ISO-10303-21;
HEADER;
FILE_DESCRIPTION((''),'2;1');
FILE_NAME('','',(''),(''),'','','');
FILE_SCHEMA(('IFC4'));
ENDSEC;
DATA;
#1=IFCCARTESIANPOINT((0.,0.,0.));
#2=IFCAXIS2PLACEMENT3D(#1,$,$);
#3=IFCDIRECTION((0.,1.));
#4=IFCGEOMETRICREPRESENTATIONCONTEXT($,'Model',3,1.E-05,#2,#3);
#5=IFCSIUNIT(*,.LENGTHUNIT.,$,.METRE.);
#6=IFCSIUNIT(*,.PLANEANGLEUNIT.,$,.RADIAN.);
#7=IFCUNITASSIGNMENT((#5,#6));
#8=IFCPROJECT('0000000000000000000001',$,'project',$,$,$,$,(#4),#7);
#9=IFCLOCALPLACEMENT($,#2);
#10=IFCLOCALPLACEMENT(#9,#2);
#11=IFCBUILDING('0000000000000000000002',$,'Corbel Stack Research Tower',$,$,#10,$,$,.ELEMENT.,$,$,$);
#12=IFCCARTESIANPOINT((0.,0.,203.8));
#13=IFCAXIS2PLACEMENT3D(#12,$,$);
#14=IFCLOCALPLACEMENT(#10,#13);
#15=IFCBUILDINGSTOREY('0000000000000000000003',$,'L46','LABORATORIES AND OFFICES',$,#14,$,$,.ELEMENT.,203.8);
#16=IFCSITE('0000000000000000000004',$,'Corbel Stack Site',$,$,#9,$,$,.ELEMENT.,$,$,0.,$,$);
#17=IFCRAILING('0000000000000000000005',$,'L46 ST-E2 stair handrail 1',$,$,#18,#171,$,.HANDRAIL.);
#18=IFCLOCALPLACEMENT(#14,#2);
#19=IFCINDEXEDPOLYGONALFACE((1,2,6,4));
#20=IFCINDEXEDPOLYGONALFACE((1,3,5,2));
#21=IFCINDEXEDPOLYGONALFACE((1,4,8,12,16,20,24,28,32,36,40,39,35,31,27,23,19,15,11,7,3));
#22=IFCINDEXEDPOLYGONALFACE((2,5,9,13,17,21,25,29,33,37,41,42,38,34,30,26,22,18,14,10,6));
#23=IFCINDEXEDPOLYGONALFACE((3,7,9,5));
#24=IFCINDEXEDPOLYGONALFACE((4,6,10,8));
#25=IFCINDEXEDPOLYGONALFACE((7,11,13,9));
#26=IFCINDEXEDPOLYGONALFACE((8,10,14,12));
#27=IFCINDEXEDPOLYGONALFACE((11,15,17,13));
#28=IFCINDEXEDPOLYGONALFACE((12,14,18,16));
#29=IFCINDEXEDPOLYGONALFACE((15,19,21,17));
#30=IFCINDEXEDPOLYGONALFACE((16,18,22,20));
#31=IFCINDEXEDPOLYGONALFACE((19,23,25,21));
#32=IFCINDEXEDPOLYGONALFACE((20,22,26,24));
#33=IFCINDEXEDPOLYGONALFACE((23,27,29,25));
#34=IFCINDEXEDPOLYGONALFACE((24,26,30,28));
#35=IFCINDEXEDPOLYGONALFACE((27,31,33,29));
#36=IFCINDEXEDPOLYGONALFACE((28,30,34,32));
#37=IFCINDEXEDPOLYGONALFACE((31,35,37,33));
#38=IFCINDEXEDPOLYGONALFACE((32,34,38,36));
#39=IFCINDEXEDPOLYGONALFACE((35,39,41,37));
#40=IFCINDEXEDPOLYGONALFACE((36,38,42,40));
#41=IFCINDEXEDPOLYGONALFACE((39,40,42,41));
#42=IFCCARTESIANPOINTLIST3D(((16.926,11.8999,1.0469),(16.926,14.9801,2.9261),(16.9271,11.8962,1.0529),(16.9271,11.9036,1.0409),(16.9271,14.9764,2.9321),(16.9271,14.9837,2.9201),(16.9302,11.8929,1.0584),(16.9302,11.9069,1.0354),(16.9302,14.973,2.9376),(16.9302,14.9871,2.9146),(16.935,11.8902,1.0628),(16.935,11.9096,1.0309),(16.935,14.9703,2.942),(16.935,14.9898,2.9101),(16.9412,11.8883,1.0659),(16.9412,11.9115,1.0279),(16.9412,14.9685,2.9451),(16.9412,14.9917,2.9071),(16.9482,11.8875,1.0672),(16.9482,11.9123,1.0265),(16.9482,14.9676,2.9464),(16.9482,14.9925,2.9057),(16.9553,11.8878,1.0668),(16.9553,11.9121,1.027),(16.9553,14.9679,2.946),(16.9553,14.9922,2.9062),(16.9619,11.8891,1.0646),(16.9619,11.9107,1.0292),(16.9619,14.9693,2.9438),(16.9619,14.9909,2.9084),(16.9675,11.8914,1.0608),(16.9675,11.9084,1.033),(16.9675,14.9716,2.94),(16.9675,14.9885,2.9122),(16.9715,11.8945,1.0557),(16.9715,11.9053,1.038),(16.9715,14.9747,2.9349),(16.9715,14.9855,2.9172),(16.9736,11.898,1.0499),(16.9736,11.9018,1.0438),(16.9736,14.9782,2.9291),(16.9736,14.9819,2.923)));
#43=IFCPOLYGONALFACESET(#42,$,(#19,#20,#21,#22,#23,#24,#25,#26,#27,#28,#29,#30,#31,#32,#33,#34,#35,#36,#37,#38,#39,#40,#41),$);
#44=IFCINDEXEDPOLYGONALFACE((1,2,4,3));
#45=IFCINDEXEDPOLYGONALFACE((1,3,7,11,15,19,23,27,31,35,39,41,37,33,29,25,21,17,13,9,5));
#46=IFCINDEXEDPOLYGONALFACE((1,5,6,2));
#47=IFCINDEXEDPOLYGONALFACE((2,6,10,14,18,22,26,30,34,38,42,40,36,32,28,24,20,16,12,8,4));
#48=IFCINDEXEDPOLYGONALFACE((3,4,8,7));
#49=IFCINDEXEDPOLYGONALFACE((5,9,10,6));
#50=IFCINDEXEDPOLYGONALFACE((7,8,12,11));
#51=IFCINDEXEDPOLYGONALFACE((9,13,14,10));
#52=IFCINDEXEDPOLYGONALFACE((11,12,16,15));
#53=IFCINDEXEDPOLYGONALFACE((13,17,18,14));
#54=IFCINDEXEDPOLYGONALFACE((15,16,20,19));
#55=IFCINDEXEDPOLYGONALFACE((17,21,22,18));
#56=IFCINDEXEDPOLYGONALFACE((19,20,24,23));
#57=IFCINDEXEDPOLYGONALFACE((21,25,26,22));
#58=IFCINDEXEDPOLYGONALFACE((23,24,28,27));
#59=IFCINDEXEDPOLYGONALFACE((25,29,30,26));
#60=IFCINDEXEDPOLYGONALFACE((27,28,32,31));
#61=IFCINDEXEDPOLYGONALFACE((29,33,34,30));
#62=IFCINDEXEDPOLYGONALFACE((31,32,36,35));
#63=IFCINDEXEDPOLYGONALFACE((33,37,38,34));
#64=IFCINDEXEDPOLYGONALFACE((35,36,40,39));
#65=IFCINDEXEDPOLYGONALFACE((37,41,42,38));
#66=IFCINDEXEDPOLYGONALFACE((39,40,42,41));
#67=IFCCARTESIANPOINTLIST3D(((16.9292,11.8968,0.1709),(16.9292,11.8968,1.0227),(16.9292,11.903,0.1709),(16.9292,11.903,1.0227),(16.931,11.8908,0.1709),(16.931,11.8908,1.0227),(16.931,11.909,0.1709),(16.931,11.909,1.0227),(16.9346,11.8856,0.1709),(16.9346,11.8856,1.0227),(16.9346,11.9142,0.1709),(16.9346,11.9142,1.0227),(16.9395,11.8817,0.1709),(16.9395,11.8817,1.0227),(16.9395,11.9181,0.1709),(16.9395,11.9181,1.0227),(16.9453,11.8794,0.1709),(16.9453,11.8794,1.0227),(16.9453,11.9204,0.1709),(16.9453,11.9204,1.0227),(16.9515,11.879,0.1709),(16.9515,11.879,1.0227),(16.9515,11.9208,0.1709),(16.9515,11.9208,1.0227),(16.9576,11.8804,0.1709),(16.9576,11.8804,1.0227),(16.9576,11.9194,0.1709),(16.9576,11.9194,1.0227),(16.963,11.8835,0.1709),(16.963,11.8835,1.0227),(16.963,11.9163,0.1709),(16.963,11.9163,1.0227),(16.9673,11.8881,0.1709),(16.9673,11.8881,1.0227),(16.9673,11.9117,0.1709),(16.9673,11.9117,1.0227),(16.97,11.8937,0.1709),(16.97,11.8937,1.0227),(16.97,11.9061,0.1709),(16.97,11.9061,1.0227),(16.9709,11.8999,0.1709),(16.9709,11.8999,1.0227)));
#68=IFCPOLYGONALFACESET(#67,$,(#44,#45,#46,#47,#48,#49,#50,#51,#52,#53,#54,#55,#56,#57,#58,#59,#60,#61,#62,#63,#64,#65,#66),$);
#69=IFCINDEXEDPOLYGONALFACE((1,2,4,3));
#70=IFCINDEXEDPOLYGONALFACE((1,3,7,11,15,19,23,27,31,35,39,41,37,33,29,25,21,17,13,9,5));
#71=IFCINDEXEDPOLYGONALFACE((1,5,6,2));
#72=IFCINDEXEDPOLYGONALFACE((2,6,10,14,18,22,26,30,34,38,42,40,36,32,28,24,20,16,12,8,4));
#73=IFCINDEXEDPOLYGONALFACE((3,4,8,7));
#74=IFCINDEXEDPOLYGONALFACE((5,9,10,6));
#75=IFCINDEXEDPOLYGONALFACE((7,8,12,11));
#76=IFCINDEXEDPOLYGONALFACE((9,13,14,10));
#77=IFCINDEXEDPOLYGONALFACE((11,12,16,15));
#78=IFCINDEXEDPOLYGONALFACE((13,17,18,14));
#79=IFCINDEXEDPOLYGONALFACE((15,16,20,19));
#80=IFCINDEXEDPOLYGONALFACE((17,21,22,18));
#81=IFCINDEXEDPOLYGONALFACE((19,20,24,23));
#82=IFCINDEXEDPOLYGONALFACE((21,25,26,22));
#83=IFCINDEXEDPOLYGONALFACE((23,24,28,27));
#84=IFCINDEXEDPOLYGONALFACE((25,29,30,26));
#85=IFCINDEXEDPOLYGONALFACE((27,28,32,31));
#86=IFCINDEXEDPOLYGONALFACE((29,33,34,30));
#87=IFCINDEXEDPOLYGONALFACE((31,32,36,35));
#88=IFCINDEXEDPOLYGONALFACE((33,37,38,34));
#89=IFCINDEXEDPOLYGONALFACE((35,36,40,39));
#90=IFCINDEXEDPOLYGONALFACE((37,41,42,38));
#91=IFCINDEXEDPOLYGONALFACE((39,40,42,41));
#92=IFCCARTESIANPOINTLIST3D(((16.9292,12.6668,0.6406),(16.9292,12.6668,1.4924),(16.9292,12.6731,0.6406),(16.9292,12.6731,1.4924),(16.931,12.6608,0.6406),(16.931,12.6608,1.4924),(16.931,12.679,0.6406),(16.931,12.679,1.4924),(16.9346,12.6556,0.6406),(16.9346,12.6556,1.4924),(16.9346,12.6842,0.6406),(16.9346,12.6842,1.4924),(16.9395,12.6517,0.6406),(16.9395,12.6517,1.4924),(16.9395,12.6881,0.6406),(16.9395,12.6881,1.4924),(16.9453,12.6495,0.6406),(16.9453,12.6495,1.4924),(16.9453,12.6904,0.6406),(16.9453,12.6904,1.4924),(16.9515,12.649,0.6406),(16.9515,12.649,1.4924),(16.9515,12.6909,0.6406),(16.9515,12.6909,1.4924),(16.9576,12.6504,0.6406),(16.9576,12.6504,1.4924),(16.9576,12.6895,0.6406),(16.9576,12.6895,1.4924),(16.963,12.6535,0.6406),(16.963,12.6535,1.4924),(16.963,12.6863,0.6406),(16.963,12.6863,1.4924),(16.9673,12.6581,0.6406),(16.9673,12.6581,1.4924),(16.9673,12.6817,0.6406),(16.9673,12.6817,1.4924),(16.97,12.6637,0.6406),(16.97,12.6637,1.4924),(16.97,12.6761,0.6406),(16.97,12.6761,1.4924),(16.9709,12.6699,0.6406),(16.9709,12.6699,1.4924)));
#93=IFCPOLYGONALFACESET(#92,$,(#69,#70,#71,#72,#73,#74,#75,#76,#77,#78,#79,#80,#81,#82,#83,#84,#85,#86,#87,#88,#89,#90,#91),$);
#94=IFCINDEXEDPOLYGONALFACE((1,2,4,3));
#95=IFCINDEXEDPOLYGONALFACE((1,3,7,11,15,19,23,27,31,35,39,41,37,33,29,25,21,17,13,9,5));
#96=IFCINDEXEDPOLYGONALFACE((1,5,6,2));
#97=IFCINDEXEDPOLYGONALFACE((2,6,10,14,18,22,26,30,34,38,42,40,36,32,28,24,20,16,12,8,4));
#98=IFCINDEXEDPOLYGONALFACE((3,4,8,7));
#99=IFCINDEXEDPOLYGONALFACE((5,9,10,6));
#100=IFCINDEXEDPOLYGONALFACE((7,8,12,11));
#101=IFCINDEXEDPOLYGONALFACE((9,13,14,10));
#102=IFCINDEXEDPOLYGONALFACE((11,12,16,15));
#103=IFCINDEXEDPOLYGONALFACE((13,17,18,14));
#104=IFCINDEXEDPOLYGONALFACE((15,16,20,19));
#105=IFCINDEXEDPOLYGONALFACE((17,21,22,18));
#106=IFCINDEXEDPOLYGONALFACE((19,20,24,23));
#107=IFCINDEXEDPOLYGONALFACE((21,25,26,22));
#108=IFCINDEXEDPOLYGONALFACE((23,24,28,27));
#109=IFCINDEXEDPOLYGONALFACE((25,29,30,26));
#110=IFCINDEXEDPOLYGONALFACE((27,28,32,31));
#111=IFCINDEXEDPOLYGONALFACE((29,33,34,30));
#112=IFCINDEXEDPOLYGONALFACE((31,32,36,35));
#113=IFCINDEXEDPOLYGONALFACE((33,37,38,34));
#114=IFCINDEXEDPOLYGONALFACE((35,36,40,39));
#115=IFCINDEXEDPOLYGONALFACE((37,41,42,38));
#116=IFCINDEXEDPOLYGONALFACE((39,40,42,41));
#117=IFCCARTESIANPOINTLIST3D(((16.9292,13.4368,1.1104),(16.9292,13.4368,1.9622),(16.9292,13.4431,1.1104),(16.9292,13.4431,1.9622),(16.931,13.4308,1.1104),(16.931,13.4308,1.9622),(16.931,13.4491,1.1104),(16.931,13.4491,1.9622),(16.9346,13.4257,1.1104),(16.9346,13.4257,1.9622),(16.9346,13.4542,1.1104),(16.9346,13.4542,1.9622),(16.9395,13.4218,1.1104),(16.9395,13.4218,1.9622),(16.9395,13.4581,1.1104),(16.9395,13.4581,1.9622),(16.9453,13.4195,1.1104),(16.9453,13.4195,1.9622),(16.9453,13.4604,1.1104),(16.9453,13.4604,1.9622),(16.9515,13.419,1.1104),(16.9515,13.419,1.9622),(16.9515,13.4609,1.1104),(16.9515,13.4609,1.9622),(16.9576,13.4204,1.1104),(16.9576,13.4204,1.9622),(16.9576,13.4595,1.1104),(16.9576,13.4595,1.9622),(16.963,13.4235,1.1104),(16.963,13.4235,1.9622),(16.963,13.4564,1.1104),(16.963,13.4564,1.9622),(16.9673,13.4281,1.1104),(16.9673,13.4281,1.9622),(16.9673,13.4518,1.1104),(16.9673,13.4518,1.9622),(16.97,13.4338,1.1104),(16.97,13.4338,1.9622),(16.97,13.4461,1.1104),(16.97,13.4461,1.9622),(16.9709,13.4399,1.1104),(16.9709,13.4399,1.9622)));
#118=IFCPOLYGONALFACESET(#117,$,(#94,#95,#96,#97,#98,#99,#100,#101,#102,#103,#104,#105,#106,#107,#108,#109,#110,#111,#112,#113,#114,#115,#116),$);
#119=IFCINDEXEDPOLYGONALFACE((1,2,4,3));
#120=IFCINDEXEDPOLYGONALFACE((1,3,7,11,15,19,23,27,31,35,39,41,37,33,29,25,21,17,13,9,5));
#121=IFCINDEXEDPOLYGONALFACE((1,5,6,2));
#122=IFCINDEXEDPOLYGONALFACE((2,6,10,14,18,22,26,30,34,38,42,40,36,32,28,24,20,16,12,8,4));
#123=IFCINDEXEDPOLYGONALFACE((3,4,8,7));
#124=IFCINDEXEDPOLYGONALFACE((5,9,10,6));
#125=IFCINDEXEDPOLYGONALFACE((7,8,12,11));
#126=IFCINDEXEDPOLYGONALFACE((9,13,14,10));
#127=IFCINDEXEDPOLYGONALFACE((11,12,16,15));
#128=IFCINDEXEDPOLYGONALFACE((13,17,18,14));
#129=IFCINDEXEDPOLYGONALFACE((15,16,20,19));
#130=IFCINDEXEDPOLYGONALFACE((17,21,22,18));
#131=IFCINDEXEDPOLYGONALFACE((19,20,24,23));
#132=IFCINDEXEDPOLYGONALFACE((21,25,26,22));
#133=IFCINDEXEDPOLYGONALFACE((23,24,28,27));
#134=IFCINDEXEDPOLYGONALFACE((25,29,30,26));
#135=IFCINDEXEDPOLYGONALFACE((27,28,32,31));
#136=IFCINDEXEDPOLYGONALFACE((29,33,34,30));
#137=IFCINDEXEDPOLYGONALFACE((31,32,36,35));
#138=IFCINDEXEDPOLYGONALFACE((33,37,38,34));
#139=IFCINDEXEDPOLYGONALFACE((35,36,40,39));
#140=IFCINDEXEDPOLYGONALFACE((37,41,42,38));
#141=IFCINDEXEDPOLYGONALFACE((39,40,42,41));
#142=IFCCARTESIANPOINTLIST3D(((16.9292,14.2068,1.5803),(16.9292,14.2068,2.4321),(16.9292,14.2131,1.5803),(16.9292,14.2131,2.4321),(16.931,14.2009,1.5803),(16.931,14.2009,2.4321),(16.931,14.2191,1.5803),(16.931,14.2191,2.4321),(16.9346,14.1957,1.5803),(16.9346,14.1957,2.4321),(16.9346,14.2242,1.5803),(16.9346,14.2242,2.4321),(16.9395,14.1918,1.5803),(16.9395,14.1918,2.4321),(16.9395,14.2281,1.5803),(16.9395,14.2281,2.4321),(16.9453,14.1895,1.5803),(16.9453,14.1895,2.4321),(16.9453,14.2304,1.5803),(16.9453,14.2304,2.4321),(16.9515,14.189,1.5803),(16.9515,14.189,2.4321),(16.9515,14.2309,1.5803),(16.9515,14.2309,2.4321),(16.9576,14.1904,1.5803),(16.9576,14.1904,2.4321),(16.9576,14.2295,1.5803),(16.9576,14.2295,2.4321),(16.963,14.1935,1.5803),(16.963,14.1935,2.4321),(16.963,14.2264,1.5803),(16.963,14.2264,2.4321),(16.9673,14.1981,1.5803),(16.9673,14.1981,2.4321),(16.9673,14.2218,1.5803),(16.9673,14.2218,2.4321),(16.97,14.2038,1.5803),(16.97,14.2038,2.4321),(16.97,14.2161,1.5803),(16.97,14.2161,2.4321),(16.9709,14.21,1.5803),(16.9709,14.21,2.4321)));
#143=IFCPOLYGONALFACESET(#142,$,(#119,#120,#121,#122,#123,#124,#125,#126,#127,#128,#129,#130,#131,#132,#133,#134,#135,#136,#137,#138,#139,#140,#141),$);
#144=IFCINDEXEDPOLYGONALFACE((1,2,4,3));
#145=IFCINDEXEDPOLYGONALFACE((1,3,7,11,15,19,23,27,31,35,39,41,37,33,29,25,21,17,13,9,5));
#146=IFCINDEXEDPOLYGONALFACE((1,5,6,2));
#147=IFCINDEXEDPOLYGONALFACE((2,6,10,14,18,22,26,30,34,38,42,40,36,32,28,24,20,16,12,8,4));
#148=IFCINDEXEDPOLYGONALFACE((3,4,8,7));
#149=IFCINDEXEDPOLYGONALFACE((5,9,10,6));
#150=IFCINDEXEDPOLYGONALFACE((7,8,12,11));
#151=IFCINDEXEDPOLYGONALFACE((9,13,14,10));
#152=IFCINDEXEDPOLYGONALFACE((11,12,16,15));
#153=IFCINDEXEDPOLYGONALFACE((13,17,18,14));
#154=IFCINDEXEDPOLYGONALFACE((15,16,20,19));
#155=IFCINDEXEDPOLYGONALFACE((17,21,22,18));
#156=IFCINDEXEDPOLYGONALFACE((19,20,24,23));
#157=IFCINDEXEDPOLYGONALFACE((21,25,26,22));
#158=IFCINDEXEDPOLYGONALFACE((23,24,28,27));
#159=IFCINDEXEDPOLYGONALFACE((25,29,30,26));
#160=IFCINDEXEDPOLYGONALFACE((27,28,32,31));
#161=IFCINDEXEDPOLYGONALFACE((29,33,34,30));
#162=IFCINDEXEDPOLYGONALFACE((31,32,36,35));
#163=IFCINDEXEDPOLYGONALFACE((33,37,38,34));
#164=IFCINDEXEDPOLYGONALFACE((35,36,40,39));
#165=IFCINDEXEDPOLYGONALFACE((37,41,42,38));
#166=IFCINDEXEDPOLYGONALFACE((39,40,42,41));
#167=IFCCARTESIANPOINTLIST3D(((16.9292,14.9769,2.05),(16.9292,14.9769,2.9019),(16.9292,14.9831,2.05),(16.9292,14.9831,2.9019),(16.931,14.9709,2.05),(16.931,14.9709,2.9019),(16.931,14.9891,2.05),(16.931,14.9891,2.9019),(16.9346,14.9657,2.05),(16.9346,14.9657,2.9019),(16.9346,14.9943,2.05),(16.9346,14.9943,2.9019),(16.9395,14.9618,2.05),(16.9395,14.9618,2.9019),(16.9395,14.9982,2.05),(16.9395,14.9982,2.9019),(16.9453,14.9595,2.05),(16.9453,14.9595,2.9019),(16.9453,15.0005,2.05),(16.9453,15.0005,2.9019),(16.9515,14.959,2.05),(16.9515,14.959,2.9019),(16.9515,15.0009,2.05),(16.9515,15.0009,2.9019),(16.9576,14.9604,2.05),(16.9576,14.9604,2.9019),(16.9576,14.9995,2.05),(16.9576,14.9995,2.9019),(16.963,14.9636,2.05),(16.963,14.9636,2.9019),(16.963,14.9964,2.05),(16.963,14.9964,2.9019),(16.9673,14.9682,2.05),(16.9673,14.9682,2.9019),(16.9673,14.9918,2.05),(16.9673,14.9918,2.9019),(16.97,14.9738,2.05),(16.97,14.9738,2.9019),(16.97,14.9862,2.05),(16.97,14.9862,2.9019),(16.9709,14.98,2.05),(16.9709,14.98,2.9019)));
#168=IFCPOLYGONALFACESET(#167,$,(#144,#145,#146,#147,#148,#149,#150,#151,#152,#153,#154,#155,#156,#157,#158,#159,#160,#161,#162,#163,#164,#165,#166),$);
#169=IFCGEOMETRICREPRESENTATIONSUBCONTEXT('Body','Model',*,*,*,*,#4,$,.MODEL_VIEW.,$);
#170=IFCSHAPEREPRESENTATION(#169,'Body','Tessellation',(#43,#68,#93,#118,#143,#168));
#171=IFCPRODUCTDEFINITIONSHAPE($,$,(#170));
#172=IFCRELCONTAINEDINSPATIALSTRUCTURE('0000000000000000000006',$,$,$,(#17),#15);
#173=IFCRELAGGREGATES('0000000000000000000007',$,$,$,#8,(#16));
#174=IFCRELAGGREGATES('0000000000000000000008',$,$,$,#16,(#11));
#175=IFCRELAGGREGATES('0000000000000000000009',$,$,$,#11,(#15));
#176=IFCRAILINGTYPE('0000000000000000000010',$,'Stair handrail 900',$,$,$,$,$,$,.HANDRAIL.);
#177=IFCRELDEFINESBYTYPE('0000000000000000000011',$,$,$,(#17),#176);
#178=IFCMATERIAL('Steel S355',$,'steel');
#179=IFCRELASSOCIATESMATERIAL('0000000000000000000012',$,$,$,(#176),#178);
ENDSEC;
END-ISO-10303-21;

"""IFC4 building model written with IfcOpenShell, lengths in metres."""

from ifc_helpers import new_model, si_unit, direction, frame, origin, origin_2d, place, context, subcontext, project, spatial, circle, extrude, material, type_object, element, save


model = new_model("IFC4")

# Units and contexts
model_context = context("Model", 3, precision=1e-05, world=origin(), true_north=direction((0.0, 1.0)))
body_context = subcontext(model_context, "Body", "Model", "MODEL_VIEW")
ifc_project = project(units=[si_unit("LENGTHUNIT", "METRE"), si_unit("PLANEANGLEUNIT", "RADIAN")], contexts=[model_context])

# Site, building, storey
site_placement = place(None, origin())
site = spatial("IfcSite", under=ifc_project, at=site_placement, Name="Corbel Stack Site", CompositionType="ELEMENT", RefElevation=0.0)
building_placement = place(site_placement, origin())
building = spatial("IfcBuilding", under=site, at=building_placement, Name="Corbel Stack Research Tower", CompositionType="ELEMENT")
storey_placement = place(building_placement, frame((0.0, 0.0, 203.8)))
storey = spatial("IfcBuildingStorey", under=building, at=storey_placement, Name="L46", Description="LABORATORIES AND OFFICES", CompositionType="ELEMENT", Elevation=203.8)

# Railing
ifc_material_1 = material(Name="Steel S355", Category="steel")
railing_type_1 = type_object("IfcRailingType", Name="Stair handrail 900", PredefinedType="HANDRAIL", material=ifc_material_1)
railing_1_placement = place(storey_placement, frame((16.95, 11.8999, 0.1709)))
element("IfcRailing", 1, at=railing_1_placement, inside=storey, type_object=railing_type_1, Name="L46 ST-E2 stair handrail 1", PredefinedType="HANDRAIL", context=body_context, shape_type="SweptSolid", body=[
    extrude(circle(Radius=0.0239, at=origin_2d()), frame((0.0, 0.0, 0.876), z_axis=(0.0, 0.853666, 0.52082), x_axis=(-1.0, 0.0, 0.0)), (0.0, 0.0, 1.0), 3.6082),
    extrude(circle(Radius=0.021, at=origin_2d()), origin(), (0.0, 0.0, 1.0), 0.8518),
    extrude(circle(Radius=0.021, at=origin_2d()), frame((0.0, 0.77, 0.4697)), (0.0, 0.0, 1.0), 0.8518),
    extrude(circle(Radius=0.021, at=origin_2d()), frame((0.0, 1.54, 0.9395)), (0.0, 0.0, 1.0), 0.8518),
    extrude(circle(Radius=0.021, at=origin_2d()), frame((0.0, 2.3101, 1.4094)), (0.0, 0.0, 1.0), 0.8518),
    extrude(circle(Radius=0.021, at=origin_2d()), frame((0.0, 3.0801, 1.8792)), (0.0, 0.0, 1.0), 0.8518),
])

save(model, "model.ifc")
